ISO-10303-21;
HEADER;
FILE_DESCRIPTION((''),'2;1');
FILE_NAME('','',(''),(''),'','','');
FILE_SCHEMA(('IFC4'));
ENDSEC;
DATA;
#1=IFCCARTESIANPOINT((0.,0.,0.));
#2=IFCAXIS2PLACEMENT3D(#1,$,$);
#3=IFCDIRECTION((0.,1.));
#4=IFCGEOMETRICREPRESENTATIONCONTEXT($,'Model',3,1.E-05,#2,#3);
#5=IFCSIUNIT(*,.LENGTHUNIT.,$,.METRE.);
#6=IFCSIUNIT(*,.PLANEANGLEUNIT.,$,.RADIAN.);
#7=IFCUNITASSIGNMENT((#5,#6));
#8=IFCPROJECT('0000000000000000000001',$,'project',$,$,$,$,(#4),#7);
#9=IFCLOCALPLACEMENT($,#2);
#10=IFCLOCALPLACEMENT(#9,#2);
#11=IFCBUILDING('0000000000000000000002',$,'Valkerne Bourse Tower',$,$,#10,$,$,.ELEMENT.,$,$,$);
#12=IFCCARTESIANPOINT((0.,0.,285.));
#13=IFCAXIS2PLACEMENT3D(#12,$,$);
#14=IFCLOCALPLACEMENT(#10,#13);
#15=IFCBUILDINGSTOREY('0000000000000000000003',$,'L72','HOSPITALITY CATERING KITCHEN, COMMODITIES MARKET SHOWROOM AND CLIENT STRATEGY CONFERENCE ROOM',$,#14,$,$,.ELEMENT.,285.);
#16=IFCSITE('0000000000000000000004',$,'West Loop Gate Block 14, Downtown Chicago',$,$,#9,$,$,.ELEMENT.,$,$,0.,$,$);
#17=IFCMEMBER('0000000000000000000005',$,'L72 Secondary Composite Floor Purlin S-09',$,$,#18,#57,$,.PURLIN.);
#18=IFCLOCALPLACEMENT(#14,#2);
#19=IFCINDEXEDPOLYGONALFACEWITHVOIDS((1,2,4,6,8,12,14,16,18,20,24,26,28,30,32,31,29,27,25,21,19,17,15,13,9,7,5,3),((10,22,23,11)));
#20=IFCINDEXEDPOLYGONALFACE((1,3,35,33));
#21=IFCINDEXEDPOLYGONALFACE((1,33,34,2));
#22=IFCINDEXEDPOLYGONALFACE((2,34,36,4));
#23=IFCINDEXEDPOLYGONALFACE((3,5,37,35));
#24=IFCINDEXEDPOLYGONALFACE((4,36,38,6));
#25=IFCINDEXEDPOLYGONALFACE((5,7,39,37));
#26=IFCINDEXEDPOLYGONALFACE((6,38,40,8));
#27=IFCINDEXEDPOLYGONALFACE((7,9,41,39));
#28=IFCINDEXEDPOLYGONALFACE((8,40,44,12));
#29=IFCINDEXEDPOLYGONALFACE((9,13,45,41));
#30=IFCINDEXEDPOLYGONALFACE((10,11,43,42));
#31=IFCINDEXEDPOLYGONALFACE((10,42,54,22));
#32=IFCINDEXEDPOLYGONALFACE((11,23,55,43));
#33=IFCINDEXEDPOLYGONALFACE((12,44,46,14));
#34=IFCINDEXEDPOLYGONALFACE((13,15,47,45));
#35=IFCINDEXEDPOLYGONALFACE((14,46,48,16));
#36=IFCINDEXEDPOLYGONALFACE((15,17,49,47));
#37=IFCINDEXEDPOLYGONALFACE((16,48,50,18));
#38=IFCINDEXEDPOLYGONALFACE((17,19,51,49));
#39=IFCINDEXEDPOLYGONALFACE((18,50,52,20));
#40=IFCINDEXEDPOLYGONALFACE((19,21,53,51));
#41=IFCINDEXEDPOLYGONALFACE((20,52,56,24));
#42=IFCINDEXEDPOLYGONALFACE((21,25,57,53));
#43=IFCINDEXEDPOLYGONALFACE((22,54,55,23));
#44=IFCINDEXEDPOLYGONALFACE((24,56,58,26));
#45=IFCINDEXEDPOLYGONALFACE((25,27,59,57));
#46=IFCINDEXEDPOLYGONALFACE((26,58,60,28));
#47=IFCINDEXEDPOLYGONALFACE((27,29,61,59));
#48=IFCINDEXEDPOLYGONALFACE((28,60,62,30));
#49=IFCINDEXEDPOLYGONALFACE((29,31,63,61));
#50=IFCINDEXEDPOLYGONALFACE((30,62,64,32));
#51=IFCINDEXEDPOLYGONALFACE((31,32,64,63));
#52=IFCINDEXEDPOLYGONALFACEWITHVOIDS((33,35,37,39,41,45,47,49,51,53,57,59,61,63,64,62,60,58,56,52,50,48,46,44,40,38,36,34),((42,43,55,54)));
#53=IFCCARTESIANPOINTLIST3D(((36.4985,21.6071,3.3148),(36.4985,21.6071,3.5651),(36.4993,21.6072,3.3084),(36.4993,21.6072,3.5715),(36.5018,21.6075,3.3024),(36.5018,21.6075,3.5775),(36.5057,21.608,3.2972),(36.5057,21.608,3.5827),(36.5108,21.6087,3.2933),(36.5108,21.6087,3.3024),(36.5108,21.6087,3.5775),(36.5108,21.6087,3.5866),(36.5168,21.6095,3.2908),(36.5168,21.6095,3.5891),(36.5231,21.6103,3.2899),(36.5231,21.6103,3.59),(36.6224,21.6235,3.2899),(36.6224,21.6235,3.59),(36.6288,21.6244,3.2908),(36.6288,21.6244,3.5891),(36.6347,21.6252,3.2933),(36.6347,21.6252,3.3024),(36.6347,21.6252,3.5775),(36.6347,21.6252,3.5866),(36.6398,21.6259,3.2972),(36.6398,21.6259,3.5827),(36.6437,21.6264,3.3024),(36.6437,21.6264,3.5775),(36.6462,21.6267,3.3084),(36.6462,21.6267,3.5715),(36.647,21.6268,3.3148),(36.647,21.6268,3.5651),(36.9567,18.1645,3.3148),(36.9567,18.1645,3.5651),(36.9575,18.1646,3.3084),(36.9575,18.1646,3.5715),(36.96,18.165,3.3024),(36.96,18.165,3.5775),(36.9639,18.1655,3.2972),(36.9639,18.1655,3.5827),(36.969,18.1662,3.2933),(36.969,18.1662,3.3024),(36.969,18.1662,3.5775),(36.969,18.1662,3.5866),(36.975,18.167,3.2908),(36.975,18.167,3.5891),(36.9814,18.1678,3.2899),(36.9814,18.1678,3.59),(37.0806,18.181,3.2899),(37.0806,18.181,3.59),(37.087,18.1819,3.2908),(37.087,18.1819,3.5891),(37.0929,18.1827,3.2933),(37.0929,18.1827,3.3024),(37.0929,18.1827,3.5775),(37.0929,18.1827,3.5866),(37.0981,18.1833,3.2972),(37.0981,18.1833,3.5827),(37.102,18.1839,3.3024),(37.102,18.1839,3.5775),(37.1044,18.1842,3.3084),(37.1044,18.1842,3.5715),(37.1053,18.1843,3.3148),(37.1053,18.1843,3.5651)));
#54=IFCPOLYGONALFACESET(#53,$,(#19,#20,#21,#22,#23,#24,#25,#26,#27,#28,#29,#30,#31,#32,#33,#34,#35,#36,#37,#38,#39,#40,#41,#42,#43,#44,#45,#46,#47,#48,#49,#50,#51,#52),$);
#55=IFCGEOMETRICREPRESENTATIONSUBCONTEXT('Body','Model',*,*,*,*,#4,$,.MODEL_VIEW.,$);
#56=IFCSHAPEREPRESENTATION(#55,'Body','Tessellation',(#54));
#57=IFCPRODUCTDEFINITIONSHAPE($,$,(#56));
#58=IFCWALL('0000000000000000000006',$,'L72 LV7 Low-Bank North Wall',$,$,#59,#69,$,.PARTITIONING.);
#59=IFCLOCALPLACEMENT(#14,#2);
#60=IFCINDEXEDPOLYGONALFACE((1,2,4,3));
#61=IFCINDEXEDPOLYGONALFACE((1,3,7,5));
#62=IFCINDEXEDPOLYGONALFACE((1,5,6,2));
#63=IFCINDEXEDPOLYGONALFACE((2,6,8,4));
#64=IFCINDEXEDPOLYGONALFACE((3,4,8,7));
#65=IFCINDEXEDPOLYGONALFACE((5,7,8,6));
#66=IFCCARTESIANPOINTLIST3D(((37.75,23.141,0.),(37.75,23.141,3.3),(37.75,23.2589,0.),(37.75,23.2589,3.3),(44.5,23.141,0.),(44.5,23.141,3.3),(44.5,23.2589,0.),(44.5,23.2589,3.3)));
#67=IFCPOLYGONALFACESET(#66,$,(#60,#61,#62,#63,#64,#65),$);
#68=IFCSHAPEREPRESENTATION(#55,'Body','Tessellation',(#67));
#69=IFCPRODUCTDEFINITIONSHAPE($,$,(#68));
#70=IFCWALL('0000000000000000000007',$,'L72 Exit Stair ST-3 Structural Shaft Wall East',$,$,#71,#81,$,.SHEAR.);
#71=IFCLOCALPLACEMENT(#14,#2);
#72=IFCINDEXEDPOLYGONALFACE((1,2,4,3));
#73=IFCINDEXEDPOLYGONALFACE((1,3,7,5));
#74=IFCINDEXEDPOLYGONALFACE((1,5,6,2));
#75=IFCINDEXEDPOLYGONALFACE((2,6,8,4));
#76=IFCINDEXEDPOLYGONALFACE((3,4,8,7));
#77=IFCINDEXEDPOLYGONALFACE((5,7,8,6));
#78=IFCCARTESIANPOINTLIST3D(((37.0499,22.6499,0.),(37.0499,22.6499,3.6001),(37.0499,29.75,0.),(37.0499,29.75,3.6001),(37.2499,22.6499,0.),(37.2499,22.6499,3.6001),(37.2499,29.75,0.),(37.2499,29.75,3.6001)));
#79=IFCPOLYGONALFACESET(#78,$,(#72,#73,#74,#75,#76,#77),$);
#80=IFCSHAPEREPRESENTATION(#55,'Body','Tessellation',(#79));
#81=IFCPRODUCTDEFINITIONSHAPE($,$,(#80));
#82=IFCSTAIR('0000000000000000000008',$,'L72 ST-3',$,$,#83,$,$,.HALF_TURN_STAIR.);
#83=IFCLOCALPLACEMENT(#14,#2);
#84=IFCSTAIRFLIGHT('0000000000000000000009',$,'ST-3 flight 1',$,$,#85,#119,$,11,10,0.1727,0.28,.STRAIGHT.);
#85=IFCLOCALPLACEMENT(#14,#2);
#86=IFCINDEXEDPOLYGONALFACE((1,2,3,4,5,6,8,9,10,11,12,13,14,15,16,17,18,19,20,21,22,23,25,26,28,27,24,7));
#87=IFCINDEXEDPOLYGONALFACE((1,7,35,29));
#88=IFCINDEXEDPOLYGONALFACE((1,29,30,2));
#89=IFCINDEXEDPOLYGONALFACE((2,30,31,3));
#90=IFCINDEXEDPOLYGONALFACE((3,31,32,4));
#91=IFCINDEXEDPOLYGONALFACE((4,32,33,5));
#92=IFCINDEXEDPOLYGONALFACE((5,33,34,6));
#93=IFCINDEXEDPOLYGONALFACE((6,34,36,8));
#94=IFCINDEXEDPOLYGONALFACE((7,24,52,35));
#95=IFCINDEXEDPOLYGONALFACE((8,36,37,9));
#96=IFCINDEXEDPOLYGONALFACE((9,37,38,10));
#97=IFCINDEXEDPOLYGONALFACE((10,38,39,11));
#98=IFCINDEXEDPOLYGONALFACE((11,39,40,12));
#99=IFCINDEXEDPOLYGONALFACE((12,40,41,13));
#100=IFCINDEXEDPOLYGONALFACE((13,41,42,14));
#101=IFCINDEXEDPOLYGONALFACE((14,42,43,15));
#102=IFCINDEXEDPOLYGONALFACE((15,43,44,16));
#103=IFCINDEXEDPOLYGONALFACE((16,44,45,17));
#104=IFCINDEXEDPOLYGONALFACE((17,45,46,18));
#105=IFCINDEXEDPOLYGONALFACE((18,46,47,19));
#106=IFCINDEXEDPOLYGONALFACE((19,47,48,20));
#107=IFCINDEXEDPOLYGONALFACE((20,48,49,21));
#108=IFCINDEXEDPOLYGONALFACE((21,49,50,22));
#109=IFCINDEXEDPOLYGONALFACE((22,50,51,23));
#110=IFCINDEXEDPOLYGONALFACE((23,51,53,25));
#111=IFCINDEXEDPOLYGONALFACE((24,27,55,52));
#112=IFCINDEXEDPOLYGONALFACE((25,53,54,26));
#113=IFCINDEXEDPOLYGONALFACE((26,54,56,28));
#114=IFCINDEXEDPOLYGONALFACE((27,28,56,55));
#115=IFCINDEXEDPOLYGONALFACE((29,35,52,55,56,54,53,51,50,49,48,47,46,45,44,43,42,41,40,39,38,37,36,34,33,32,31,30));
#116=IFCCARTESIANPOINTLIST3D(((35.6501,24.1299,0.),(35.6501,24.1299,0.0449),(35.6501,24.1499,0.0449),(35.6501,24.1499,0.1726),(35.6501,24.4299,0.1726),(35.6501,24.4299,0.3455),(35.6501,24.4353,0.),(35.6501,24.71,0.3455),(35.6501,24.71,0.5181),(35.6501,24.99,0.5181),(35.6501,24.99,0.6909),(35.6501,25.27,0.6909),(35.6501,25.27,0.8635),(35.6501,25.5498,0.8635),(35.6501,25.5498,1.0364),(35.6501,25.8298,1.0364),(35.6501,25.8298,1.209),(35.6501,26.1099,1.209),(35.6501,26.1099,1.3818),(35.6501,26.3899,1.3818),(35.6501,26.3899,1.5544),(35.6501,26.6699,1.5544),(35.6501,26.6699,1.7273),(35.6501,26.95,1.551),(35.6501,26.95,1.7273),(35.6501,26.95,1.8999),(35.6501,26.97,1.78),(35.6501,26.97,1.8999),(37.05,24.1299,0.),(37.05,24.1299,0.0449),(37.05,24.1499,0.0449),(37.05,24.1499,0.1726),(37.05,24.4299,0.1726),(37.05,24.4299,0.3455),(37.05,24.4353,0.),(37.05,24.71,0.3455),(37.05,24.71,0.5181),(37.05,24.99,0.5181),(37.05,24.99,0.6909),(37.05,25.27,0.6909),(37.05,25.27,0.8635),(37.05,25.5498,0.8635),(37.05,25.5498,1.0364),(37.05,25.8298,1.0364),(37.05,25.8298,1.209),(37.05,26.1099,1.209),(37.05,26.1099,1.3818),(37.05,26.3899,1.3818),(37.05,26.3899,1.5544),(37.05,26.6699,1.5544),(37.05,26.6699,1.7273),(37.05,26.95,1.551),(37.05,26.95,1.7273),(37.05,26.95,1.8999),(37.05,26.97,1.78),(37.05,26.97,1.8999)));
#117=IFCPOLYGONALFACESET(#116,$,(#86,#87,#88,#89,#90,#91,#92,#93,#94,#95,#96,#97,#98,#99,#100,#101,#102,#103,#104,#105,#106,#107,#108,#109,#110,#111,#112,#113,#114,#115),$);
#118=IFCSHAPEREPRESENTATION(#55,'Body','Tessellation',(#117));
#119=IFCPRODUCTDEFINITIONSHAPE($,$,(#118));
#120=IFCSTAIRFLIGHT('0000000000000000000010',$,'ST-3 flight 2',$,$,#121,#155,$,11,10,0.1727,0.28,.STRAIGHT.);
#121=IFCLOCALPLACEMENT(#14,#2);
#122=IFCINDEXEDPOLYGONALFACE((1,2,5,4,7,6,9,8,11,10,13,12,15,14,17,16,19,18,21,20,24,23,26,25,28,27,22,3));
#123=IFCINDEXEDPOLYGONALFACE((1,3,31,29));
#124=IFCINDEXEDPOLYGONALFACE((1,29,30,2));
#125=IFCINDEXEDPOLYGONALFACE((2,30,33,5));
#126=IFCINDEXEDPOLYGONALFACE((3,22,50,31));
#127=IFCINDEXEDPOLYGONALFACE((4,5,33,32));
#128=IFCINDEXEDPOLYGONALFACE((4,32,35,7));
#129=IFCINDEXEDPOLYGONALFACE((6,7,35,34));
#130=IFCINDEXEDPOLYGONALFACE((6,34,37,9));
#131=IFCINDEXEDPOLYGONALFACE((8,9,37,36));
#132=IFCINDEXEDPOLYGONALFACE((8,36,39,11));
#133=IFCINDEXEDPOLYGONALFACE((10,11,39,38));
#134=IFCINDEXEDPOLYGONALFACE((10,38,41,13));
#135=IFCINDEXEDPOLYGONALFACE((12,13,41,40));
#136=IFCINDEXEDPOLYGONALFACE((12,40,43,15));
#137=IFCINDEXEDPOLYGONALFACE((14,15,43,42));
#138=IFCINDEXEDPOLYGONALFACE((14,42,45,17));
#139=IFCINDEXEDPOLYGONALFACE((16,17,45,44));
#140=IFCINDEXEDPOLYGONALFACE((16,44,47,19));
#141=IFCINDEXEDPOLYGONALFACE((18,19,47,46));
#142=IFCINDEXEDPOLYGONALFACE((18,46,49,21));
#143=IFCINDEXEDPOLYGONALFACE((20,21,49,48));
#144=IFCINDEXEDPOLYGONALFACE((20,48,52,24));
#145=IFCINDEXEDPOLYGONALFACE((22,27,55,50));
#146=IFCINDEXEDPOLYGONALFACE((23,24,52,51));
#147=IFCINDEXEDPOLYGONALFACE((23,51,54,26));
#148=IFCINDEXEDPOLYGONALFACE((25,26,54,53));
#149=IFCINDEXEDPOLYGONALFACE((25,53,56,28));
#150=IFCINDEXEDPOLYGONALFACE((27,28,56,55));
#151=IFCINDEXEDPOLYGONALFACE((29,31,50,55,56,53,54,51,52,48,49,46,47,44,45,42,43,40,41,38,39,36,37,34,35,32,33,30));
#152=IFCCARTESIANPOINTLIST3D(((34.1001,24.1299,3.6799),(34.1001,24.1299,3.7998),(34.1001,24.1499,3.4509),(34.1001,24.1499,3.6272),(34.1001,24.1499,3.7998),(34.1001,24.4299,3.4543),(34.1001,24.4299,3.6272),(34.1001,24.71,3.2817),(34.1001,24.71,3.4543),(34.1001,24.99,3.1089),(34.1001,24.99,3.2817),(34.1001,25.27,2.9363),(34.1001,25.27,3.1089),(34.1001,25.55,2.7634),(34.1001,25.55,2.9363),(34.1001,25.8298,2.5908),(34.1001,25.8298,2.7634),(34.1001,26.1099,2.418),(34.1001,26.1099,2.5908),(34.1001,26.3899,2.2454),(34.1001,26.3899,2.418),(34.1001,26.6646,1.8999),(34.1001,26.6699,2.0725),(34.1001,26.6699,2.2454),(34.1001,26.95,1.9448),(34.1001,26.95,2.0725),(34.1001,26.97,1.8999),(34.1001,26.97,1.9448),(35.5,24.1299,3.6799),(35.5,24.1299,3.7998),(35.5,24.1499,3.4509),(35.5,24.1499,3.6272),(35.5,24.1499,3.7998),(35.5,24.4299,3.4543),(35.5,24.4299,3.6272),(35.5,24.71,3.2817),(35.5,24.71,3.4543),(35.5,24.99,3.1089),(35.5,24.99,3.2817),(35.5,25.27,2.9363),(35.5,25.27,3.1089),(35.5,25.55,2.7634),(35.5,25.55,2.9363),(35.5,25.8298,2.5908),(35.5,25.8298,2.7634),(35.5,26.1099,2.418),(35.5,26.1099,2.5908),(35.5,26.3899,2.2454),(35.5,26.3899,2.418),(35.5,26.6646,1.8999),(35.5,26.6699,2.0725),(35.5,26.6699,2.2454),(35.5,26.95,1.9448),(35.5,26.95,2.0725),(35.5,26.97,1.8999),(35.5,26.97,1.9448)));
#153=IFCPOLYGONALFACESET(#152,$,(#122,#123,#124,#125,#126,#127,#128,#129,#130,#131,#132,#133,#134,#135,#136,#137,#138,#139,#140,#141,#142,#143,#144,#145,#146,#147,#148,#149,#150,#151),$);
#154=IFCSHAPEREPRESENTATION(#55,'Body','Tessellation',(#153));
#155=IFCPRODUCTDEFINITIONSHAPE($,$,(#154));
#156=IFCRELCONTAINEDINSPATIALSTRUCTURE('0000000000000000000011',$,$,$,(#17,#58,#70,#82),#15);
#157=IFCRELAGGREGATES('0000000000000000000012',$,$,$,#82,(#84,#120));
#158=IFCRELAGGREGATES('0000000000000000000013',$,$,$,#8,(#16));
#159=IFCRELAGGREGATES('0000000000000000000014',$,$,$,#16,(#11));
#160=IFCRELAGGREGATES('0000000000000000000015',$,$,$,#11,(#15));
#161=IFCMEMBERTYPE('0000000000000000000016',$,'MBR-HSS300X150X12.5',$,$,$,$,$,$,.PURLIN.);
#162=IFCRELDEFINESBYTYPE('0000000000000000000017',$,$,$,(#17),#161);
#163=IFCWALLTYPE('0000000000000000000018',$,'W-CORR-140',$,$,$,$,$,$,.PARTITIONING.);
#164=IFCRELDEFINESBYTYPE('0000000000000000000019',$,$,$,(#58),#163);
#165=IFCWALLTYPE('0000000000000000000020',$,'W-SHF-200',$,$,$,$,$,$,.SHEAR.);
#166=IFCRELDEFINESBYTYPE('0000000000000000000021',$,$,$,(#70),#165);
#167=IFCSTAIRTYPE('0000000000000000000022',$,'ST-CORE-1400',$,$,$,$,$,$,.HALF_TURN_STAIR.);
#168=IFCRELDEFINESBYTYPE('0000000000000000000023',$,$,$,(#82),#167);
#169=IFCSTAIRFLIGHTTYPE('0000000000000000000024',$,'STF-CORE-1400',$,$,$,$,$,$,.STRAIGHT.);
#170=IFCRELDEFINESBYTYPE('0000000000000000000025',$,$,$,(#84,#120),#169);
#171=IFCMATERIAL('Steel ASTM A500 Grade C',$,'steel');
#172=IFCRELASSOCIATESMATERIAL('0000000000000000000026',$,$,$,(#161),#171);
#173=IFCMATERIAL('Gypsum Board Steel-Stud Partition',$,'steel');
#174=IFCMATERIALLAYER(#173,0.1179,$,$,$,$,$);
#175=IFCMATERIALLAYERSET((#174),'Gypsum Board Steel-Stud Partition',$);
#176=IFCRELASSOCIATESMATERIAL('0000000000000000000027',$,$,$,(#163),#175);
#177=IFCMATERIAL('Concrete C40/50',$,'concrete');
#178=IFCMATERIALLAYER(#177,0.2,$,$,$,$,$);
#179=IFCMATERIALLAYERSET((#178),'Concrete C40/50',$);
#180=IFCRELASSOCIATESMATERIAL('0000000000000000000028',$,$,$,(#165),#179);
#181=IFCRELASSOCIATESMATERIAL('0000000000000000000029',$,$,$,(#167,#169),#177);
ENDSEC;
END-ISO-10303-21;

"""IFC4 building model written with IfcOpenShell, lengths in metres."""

from ifc_helpers import new_model, si_unit, direction, frame, frame_2d, origin, origin_2d, place, context, subcontext, project, spatial, polyline, rectangle, hollow_rectangle, outline, extrude, material, layer, layer_set, material_profile, profile_set, type_object, element, aggregate, save


model = new_model("IFC4")

# Units and contexts
model_context = context("Model", 3, precision=1e-05, world=origin(), true_north=direction((0.0, 1.0)))
body_context = subcontext(model_context, "Body", "Model", "MODEL_VIEW")
ifc_project = project(units=[si_unit("LENGTHUNIT", "METRE"), si_unit("PLANEANGLEUNIT", "RADIAN")], contexts=[model_context])

# Site, building, storey
site_placement = place(None, origin())
site = spatial("IfcSite", under=ifc_project, at=site_placement, Name="West Loop Gate Block 14, Downtown Chicago", CompositionType="ELEMENT", RefElevation=0.0)
building_placement = place(site_placement, origin())
building = spatial("IfcBuilding", under=site, at=building_placement, Name="Valkerne Bourse Tower", CompositionType="ELEMENT")
storey_placement = place(building_placement, frame((0.0, 0.0, 285.0)))
storey = spatial("IfcBuildingStorey", under=building, at=storey_placement, Name="L72", Description="HOSPITALITY CATERING KITCHEN, COMMODITIES MARKET SHOWROOM AND CLIENT STRATEGY CONFERENCE ROOM", CompositionType="ELEMENT", Elevation=285.0)

# Shared definitions
ifc_material_1 = material(Name="Steel ASTM A500 Grade C", Category="steel")

# Member
ifc_material_profile_1 = material_profile(ifc_material_1, hollow_rectangle(XDim=0.1499, YDim=0.3, WallThickness=0.0125, OuterFilletRadius=0.0249, at=origin_2d()), Name="HSS300X150X12.5")
ifc_profile_set_1 = profile_set([ifc_material_profile_1], Name="Steel ASTM A500 Grade C")
member_type = type_object("IfcMemberType", Name="MBR-HSS300X150X12.5", PredefinedType="PURLIN", material=ifc_profile_set_1)
member_placement = place(storey_placement, frame((36.5728, 21.6169, 3.4399), z_axis=(0.131947, -0.991257, 0.0), x_axis=(0.991257, 0.131947, 0.0)))
element("IfcMember", 1, at=member_placement, inside=storey, type_object=member_type, Name="L72 Secondary Composite Floor Purlin S-09", PredefinedType="PURLIN", context=body_context, shape_type="SweptSolid", body=[
    extrude(hollow_rectangle(XDim=0.1499, YDim=0.3, WallThickness=0.0125, OuterFilletRadius=0.0249, at=origin_2d()), origin(), (0.0, 0.0, 1.0), 3.4729),
])

# Wall
ifc_material_2 = material(Name="Gypsum Board Steel-Stud Partition", Category="steel")
ifc_layer_1 = layer(ifc_material_2, 0.1179)
ifc_layer_set_1 = layer_set([ifc_layer_1], Name="Gypsum Board Steel-Stud Partition")
wall_type_1 = type_object("IfcWallType", Name="W-CORR-140", PredefinedType="PARTITIONING", material=ifc_layer_set_1)
wall_1_placement = place(storey_placement, frame((37.75, 23.2, 0.0), z_axis=(0.0, 0.0, 1.0), x_axis=(1.0, 0.0, 0.0)))
element("IfcWall", 2, at=wall_1_placement, inside=storey, type_object=wall_type_1, Name="L72 LV7 Low-Bank North Wall", PredefinedType="PARTITIONING", context=body_context, shape_type="SweptSolid", body=[
    extrude(rectangle(XDim=6.75, YDim=0.1179, at=frame_2d((3.375, 0.0))), origin(), (0.0, 0.0, 1.0), 3.3),
])

# Wall
ifc_material_3 = material(Name="Concrete C40/50", Category="concrete")
ifc_layer_2 = layer(ifc_material_3, 0.2)
ifc_layer_set_2 = layer_set([ifc_layer_2], Name="Concrete C40/50")
wall_type_2 = type_object("IfcWallType", Name="W-SHF-200", PredefinedType="SHEAR", material=ifc_layer_set_2)
wall_2_placement = place(storey_placement, frame((37.1499, 22.6499, 0.0), z_axis=(0.0, 0.0, 1.0), x_axis=(0.0, 1.0, 0.0)))
element("IfcWall", 3, at=wall_2_placement, inside=storey, type_object=wall_type_2, Name="L72 Exit Stair ST-3 Structural Shaft Wall East", PredefinedType="SHEAR", context=body_context, shape_type="SweptSolid", body=[
    extrude(rectangle(XDim=7.1001, YDim=0.2, at=frame_2d((3.55, 0.0))), origin(), (0.0, 0.0, 1.0), 3.6001),
])

# Stair, stair flights
stair_type = type_object("IfcStairType", Name="ST-CORE-1400", PredefinedType="HALF_TURN_STAIR", material=ifc_material_3)
stair_placement = place(storey_placement, origin())
stair = element("IfcStair", 4, at=stair_placement, inside=storey, type_object=stair_type, Name="L72 ST-3", PredefinedType="HALF_TURN_STAIR")
stair_flight_type = type_object("IfcStairFlightType", Name="STF-CORE-1400", PredefinedType="STRAIGHT", material=ifc_material_3)
stair_flight_1_placement = place(storey_placement, frame((36.3501, 24.1499, 0.0), z_axis=(0.0, 0.0, 1.0), x_axis=(0.0, 1.0, 0.0)))
stair_flight_1 = element("IfcStairFlight", 5, at=stair_flight_1_placement, type_object=stair_flight_type, Name="ST-3 flight 1", NumberOfRisers=11, NumberOfTreads=10, PredefinedType="STRAIGHT", RiserHeight=0.1727, TreadLength=0.28, context=body_context, shape_type="SweptSolid", body=[
    extrude(outline(polyline([(-0.02, 0.0), (-0.02, 0.0449), (0.0, 0.0449), (0.0, 0.1726), (0.28, 0.1726), (0.28, 0.3455), (0.5601, 0.3455), (0.5601, 0.5181), (0.8401, 0.5181), (0.8401, 0.6909), (1.1201, 0.6909), (1.1201, 0.8635), (1.3999, 0.8635), (1.3999, 1.0364), (1.6799, 1.0364), (1.6799, 1.209), (1.96, 1.209), (1.96, 1.3818), (2.24, 1.3818), (2.24, 1.5544), (2.52, 1.5544), (2.52, 1.7273), (2.8, 1.7273), (2.8, 1.8999), (2.8201, 1.8999), (2.8201, 1.78), (2.8, 1.551), (0.2854, 0.0), (-0.02, 0.0)])), frame((0.0, 0.7, 0.0), z_axis=(0.0, -1.0, 0.0), x_axis=(1.0, 0.0, 0.0)), (0.0, 0.0, 1.0), 1.3999),
])
stair_flight_2_placement = place(storey_placement, frame((34.8, 26.95, 1.8999), z_axis=(0.0, 0.0, 1.0), x_axis=(0.0, -1.0, 0.0)))
stair_flight_2 = element("IfcStairFlight", 6, at=stair_flight_2_placement, type_object=stair_flight_type, Name="ST-3 flight 2", NumberOfRisers=11, NumberOfTreads=10, PredefinedType="STRAIGHT", RiserHeight=0.1727, TreadLength=0.28, context=body_context, shape_type="SweptSolid", body=[
    extrude(outline(polyline([(-0.02, 0.0), (-0.02, 0.0449), (0.0, 0.0449), (0.0, 0.1726), (0.28, 0.1726), (0.28, 0.3455), (0.5601, 0.3455), (0.5601, 0.5181), (0.8401, 0.5181), (0.8401, 0.6909), (1.1201, 0.6909), (1.1201, 0.8635), (1.3999, 0.8635), (1.3999, 1.0364), (1.6799, 1.0364), (1.6799, 1.209), (1.96, 1.209), (1.96, 1.3818), (2.24, 1.3818), (2.24, 1.5544), (2.52, 1.5544), (2.52, 1.7273), (2.8, 1.7273), (2.8, 1.8999), (2.8201, 1.8999), (2.8201, 1.78), (2.8, 1.551), (0.2854, 0.0), (-0.02, 0.0)])), frame((0.0, 0.7, 0.0), z_axis=(0.0, -1.0, 0.0), x_axis=(1.0, 0.0, 0.0)), (0.0, 0.0, 1.0), 1.3999),
])
aggregate(stair, [stair_flight_1, stair_flight_2])

save(model, "model.ifc")
